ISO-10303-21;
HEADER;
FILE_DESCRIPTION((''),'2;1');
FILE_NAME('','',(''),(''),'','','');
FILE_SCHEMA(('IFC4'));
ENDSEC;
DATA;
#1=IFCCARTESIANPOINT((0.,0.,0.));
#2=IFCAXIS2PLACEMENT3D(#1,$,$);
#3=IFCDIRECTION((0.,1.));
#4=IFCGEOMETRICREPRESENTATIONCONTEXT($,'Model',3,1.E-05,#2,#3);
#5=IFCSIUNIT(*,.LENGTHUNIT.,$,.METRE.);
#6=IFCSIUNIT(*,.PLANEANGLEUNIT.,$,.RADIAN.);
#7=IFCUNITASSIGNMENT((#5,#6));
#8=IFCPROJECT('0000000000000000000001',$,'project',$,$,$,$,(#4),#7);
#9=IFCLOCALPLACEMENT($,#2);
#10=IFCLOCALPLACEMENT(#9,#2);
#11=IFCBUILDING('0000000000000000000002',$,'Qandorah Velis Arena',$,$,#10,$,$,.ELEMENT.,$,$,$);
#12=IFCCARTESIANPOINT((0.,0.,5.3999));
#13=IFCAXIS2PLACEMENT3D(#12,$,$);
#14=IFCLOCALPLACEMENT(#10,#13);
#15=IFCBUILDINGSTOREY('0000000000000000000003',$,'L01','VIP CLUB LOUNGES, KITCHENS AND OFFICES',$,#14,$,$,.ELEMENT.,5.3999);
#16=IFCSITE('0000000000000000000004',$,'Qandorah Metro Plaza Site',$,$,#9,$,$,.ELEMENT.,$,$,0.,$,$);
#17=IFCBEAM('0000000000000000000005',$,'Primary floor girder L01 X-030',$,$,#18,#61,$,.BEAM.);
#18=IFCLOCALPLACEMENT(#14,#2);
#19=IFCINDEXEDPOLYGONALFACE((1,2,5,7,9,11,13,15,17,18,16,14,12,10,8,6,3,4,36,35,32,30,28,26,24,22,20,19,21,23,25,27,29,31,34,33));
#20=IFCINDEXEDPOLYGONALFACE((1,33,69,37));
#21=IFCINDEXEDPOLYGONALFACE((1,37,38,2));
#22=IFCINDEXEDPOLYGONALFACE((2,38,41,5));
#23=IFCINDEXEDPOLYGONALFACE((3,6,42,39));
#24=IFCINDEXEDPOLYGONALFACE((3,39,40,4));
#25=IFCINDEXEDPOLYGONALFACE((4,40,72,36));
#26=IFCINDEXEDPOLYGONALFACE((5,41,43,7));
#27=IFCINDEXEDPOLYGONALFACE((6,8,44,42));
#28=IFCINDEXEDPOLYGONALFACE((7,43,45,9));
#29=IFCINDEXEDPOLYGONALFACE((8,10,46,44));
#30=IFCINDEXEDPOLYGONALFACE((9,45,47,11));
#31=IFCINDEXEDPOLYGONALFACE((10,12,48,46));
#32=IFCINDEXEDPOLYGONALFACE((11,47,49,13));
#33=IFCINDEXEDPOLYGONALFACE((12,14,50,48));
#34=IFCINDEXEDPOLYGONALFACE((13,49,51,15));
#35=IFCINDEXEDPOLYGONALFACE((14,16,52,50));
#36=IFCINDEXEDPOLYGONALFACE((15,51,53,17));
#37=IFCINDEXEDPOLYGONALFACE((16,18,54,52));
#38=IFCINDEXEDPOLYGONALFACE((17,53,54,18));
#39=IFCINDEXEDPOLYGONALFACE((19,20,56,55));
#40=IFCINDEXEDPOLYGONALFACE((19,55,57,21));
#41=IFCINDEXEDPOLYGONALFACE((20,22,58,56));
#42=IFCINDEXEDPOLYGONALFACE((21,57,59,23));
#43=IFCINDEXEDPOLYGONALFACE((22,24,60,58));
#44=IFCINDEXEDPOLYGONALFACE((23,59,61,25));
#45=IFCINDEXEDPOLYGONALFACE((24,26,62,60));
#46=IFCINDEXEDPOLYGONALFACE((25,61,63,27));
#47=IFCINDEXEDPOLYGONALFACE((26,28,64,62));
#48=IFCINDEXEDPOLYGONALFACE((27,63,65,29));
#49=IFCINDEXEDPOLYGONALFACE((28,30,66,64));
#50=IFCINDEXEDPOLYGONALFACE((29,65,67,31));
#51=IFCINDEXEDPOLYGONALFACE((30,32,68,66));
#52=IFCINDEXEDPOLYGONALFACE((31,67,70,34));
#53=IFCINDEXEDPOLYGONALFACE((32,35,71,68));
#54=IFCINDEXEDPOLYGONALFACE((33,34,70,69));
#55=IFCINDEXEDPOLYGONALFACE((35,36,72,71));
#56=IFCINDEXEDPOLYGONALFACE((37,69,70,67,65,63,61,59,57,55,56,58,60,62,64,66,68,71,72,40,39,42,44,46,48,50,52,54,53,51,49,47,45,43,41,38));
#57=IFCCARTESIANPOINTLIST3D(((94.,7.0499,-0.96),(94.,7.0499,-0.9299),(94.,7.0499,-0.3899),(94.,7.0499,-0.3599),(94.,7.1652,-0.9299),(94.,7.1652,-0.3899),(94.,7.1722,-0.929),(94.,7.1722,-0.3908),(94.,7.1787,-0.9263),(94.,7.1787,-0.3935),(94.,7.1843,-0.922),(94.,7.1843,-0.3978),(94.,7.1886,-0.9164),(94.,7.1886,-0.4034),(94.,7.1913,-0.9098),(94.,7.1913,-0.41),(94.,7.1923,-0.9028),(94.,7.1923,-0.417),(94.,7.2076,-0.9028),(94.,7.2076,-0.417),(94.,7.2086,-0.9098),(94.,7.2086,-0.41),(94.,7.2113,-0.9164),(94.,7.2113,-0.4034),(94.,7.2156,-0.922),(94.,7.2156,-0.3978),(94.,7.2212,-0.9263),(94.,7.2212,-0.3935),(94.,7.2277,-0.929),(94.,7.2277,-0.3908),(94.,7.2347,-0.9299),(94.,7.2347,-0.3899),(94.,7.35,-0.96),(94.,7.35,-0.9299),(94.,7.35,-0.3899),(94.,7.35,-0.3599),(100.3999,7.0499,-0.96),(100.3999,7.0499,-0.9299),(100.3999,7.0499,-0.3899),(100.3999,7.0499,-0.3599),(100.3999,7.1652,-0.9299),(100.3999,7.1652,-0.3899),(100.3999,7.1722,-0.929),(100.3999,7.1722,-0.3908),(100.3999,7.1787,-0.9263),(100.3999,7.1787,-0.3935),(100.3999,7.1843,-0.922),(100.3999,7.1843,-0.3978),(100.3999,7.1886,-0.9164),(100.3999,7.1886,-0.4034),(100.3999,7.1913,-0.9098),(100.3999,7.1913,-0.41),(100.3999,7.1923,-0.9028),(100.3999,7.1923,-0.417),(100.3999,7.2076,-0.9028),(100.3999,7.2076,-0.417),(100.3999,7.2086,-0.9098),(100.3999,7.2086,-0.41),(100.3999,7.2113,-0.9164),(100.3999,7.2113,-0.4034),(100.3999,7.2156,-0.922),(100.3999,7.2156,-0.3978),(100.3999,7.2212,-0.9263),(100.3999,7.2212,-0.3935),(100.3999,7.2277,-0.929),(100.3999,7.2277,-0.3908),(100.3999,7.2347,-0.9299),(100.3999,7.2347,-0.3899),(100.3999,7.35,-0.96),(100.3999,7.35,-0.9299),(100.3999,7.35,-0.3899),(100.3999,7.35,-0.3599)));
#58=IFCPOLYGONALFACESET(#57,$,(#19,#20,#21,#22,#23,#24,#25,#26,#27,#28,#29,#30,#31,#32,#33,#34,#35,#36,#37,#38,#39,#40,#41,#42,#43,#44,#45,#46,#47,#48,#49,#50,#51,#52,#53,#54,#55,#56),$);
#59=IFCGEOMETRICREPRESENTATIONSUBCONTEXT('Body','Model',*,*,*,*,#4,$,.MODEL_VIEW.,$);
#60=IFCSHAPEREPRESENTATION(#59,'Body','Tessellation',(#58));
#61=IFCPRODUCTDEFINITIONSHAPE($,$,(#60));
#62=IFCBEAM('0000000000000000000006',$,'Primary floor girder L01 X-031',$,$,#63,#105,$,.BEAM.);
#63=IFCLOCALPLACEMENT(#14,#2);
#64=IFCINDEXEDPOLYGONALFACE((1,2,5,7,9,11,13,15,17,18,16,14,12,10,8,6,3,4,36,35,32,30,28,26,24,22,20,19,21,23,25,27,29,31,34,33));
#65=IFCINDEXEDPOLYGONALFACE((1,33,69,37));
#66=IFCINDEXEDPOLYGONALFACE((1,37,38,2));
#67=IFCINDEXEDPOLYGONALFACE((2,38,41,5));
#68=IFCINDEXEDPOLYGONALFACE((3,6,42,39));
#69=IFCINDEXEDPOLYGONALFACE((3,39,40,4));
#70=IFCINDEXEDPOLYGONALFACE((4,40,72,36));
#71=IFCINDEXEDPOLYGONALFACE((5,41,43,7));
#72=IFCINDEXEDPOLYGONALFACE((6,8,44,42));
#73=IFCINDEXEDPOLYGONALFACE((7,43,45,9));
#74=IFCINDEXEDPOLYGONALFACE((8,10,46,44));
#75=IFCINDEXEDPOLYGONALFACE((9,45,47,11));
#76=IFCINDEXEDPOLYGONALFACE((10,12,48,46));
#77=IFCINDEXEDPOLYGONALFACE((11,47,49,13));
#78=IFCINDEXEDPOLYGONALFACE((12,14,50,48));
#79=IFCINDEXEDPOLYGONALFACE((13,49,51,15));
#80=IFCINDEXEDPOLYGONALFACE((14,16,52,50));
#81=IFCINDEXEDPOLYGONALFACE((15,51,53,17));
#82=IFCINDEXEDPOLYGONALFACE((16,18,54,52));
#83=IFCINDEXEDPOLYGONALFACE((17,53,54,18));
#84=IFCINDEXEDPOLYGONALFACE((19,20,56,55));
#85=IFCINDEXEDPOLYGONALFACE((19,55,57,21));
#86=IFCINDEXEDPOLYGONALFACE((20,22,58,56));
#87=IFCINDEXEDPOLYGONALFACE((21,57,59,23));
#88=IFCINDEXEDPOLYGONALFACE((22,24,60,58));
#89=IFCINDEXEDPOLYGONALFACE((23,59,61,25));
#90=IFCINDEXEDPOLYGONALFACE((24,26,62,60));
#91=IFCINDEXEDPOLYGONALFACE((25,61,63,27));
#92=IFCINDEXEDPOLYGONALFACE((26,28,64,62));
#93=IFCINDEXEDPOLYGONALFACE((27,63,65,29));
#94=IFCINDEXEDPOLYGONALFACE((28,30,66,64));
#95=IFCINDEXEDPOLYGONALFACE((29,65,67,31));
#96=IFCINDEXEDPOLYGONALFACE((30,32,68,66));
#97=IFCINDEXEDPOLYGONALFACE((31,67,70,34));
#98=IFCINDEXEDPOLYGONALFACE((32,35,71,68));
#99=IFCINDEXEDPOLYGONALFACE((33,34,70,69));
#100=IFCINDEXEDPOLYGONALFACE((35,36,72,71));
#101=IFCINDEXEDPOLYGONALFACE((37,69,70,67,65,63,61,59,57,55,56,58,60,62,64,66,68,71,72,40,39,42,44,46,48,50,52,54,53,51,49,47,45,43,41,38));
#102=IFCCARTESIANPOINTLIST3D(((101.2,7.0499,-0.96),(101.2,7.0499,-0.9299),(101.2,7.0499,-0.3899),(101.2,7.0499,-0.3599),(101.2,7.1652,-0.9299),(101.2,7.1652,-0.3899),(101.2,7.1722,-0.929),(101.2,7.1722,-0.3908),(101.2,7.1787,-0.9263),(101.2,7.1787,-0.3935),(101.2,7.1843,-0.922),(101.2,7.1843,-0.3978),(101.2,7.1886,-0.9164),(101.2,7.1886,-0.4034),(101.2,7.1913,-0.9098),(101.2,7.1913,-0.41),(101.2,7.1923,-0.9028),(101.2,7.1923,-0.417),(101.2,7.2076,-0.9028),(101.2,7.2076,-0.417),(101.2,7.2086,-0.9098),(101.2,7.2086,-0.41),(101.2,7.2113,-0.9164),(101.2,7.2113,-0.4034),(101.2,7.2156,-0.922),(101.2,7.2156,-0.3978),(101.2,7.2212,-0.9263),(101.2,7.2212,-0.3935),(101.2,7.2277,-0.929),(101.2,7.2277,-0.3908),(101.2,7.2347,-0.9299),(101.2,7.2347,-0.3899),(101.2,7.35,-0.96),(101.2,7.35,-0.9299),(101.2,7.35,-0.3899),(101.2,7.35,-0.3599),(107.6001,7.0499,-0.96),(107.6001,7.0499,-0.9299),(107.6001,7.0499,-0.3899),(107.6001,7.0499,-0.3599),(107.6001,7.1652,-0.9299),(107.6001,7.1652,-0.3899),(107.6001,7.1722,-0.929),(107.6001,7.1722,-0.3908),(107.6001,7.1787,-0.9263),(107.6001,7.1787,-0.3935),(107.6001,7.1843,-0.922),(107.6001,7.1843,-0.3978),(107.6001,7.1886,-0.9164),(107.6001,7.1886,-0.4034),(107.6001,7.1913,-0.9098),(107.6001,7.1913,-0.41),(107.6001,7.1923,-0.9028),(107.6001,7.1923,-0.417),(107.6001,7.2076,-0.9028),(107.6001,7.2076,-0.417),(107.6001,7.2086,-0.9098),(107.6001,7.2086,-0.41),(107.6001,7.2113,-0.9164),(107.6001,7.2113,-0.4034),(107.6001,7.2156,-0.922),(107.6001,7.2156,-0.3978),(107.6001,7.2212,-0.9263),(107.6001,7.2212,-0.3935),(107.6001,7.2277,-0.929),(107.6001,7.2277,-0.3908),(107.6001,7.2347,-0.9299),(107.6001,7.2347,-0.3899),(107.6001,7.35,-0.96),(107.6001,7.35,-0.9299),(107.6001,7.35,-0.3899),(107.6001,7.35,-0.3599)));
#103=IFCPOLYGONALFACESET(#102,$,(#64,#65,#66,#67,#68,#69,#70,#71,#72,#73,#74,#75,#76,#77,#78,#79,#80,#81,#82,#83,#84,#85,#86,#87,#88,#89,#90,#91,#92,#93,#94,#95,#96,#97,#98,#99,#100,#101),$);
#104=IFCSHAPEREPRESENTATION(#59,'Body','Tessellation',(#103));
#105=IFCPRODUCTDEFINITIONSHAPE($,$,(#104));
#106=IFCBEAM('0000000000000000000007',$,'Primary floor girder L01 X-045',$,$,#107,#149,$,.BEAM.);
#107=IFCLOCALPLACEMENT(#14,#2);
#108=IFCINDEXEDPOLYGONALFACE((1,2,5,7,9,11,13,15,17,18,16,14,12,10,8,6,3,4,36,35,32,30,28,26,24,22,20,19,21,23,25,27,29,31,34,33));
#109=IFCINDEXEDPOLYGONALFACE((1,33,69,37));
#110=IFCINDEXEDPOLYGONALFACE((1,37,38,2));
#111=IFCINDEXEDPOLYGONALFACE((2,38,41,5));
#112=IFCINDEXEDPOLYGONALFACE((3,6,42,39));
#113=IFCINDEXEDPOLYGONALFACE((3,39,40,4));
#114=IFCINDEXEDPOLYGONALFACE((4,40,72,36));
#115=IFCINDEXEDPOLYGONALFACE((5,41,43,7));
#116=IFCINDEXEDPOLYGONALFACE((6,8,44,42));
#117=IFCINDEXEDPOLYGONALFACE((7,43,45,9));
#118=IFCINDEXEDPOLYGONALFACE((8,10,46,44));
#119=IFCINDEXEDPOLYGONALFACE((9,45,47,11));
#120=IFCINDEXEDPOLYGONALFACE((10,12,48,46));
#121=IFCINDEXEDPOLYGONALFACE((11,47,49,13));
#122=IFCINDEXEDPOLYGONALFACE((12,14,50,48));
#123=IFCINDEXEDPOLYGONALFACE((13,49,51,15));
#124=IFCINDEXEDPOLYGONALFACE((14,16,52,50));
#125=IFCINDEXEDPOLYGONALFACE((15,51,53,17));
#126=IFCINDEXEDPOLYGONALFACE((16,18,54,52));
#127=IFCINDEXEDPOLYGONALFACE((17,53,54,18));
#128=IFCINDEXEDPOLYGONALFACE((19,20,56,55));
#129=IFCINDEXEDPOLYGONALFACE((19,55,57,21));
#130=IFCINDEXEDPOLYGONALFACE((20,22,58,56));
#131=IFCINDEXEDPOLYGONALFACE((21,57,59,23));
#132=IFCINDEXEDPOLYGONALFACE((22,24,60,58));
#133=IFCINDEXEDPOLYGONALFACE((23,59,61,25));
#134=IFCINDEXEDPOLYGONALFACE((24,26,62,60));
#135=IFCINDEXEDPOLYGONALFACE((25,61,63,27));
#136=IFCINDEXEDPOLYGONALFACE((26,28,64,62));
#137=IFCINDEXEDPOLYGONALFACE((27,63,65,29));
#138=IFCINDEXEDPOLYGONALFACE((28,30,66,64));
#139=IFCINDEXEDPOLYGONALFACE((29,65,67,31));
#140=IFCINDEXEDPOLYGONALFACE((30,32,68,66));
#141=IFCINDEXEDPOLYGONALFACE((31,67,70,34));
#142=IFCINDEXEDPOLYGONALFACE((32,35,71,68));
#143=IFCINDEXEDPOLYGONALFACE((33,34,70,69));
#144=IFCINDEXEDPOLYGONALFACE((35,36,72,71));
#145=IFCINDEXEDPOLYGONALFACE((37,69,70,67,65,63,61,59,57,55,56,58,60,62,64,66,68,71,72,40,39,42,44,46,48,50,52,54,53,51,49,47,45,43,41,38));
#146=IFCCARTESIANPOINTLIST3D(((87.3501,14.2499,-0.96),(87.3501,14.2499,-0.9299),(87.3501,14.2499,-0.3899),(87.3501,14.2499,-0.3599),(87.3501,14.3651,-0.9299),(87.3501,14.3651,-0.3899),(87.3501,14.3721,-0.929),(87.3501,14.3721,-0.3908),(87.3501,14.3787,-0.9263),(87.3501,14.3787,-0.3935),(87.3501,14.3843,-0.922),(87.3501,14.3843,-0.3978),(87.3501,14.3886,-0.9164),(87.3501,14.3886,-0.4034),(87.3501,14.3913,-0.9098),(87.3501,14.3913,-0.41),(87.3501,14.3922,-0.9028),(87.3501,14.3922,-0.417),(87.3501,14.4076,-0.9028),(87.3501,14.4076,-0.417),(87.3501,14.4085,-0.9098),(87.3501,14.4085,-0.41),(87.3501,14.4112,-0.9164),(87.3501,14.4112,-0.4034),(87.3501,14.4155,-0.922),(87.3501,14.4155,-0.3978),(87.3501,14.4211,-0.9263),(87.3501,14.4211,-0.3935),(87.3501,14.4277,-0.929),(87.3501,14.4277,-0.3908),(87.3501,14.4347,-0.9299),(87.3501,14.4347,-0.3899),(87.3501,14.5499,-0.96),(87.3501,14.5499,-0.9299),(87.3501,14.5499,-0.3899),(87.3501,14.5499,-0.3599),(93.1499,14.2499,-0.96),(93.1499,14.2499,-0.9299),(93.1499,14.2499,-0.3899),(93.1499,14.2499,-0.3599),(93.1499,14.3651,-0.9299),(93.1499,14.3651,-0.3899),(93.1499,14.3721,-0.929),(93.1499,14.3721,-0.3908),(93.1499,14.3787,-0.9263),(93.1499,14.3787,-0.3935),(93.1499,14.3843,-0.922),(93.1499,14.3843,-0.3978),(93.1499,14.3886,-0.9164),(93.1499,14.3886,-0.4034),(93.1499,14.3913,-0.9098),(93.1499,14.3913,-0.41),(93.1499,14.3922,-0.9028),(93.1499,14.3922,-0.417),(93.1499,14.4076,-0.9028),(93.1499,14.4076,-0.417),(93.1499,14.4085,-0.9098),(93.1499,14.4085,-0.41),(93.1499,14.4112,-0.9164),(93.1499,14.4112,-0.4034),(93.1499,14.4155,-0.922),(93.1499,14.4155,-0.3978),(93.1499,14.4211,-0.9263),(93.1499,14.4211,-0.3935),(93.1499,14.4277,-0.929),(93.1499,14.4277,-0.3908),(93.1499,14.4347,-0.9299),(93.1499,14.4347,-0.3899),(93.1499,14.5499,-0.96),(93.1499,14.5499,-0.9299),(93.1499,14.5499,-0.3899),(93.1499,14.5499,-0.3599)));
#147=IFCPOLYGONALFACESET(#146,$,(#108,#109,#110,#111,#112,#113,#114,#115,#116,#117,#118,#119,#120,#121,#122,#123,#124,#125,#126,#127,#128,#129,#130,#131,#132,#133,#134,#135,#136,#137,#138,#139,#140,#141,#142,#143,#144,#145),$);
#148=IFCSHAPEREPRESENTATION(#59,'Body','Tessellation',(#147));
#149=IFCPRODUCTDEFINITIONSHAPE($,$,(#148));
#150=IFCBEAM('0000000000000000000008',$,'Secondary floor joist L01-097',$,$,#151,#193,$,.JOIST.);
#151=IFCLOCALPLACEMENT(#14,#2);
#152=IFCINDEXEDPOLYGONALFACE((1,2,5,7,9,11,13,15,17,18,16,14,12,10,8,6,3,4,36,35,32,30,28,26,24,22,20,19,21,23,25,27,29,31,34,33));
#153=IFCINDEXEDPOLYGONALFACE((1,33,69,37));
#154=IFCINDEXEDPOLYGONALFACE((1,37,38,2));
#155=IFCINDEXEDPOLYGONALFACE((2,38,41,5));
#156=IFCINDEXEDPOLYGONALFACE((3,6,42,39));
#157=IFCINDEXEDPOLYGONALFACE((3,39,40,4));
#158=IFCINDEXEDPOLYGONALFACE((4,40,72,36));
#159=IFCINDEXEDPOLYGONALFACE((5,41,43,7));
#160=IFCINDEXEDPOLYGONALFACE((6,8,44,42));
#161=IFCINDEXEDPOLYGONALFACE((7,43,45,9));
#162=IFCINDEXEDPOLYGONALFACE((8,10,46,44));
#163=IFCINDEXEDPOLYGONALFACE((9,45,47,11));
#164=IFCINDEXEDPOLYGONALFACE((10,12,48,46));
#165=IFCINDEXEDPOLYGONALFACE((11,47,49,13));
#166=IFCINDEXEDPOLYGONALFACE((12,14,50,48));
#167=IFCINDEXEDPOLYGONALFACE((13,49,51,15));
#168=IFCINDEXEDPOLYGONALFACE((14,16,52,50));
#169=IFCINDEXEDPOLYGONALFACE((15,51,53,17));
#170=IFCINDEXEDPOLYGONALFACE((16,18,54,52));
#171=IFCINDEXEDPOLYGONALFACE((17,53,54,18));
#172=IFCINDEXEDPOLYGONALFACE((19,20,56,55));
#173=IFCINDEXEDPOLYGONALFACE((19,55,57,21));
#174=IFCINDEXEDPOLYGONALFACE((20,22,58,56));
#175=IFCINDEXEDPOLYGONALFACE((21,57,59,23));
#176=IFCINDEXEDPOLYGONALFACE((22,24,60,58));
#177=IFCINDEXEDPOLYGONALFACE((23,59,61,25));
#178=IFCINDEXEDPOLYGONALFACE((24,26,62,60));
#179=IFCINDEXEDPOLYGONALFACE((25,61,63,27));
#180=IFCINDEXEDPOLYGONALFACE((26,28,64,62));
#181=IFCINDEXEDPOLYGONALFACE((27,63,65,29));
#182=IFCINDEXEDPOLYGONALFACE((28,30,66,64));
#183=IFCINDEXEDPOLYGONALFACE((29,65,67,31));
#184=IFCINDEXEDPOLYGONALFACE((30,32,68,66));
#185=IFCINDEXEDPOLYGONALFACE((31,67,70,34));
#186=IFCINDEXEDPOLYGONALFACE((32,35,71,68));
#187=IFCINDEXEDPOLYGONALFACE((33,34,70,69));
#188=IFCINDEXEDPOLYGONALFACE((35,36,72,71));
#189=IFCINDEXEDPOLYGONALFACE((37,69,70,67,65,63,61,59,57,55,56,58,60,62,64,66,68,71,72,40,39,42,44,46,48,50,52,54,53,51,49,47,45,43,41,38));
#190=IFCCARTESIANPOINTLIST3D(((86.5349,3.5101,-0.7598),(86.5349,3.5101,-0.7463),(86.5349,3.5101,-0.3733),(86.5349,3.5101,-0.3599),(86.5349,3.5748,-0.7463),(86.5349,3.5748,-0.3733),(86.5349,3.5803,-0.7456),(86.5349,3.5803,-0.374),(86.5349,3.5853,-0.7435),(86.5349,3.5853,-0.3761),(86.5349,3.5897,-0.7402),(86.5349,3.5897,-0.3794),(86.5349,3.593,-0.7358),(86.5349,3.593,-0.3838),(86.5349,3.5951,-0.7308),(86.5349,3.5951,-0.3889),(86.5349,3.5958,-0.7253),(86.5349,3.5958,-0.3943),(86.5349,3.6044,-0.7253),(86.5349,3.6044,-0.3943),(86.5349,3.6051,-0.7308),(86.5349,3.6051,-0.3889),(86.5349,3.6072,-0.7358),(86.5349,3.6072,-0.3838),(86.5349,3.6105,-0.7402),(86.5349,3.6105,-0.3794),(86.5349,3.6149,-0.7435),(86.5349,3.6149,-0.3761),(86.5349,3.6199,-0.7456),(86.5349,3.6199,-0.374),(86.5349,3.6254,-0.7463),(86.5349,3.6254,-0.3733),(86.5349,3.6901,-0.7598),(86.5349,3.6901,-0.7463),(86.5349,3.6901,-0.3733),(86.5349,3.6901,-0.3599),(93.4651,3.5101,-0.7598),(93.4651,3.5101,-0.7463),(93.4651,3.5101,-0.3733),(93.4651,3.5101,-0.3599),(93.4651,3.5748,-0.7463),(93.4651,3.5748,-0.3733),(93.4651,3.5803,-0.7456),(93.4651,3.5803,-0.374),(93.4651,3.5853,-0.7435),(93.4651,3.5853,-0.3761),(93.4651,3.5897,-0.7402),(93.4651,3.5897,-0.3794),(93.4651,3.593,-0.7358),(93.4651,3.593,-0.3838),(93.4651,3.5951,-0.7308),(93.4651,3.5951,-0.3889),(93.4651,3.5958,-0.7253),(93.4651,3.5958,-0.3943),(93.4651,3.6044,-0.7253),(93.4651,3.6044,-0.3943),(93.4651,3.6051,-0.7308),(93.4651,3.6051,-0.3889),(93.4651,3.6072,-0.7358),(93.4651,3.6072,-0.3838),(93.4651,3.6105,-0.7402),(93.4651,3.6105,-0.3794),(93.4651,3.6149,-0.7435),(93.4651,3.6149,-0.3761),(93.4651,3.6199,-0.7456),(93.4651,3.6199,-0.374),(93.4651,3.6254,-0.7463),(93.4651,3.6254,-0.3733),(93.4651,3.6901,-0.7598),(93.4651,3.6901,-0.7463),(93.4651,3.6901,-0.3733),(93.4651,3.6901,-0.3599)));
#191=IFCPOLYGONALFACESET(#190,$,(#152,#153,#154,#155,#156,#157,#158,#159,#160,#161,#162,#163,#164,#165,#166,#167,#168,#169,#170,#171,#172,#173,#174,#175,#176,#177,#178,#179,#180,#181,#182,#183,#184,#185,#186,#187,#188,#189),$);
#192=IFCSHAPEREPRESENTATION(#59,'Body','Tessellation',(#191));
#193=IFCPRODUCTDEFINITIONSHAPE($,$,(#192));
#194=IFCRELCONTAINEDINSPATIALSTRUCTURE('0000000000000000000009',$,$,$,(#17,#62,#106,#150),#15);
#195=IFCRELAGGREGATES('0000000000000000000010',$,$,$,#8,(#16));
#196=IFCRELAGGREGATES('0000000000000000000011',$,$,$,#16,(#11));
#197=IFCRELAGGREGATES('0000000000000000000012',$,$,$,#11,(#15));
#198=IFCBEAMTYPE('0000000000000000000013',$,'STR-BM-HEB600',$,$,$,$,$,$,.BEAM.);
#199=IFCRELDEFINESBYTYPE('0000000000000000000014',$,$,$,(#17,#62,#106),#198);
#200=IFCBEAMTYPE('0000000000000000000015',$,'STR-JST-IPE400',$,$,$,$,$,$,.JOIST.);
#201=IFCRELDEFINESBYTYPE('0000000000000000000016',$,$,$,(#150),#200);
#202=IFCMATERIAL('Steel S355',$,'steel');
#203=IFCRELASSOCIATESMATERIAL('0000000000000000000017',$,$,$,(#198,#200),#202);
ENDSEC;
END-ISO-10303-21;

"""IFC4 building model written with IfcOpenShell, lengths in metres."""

from ifc_helpers import new_model, si_unit, direction, frame, origin, origin_2d, place, context, subcontext, project, spatial, i_section, extrude, material, material_profile, profile_set, type_object, element, save


model = new_model("IFC4")

# Units and contexts
model_context = context("Model", 3, precision=1e-05, world=origin(), true_north=direction((0.0, 1.0)))
body_context = subcontext(model_context, "Body", "Model", "MODEL_VIEW")
ifc_project = project(units=[si_unit("LENGTHUNIT", "METRE"), si_unit("PLANEANGLEUNIT", "RADIAN")], contexts=[model_context])

# Site, building, storey
site_placement = place(None, origin())
site = spatial("IfcSite", under=ifc_project, at=site_placement, Name="Qandorah Metro Plaza Site", CompositionType="ELEMENT", RefElevation=0.0)
building_placement = place(site_placement, origin())
building = spatial("IfcBuilding", under=site, at=building_placement, Name="Qandorah Velis Arena", CompositionType="ELEMENT")
storey_placement = place(building_placement, frame((0.0, 0.0, 5.3999)))
storey = spatial("IfcBuildingStorey", under=building, at=storey_placement, Name="L01", Description="VIP CLUB LOUNGES, KITCHENS AND OFFICES", CompositionType="ELEMENT", Elevation=5.3999)

# Beams
ifc_material_1 = material(Name="Steel S355", Category="steel")
ifc_material_profile_1 = material_profile(ifc_material_1, i_section(OverallWidth=0.3, OverallDepth=0.6001, WebThickness=0.0154, FlangeThickness=0.03, FilletRadius=0.0271, at=origin_2d()), Name="HEB 600")
ifc_profile_set_1 = profile_set([ifc_material_profile_1], Name="Steel S355")
beam_type_1 = type_object("IfcBeamType", Name="STR-BM-HEB600", PredefinedType="BEAM", material=ifc_profile_set_1)
for number, where, z_axis, x_axis, name in (
    (1, (94.0, 7.2, -0.6599), (1.0, 0.0, 0.0), (0.0, 1.0, 0.0), "Primary floor girder L01 X-030"),
):
    element("IfcBeam", number, at=place(storey_placement, frame(where, z_axis=z_axis, x_axis=x_axis)), inside=storey, type_object=beam_type_1, Name=name, PredefinedType="BEAM", context=body_context, shape_type="SweptSolid", body=[
        extrude(i_section(OverallWidth=0.3, OverallDepth=0.6001, WebThickness=0.0154, FlangeThickness=0.03, FilletRadius=0.0271, at=origin_2d()), origin(), (0.0, 0.0, 1.0), 6.3999),
    ])
beam_1_placement = place(storey_placement, frame((101.2, 7.2, -0.6599), z_axis=(1.0, 0.0, 0.0), x_axis=(0.0, 1.0, 0.0)))
element("IfcBeam", 2, at=beam_1_placement, inside=storey, type_object=beam_type_1, Name="Primary floor girder L01 X-031", PredefinedType="BEAM", context=body_context, shape_type="SweptSolid", body=[
    extrude(i_section(OverallWidth=0.3, OverallDepth=0.6001, WebThickness=0.0154, FlangeThickness=0.03, FilletRadius=0.0271, at=origin_2d()), origin(), (0.0, 0.0, 1.0), 6.4001),
])
beam_2_placement = place(storey_placement, frame((87.3501, 14.3999, -0.6599), z_axis=(1.0, 0.0, 0.0), x_axis=(0.0, 1.0, 0.0)))
element("IfcBeam", 3, at=beam_2_placement, inside=storey, type_object=beam_type_1, Name="Primary floor girder L01 X-045", PredefinedType="BEAM", context=body_context, shape_type="SweptSolid", body=[
    extrude(i_section(OverallWidth=0.3, OverallDepth=0.6001, WebThickness=0.0154, FlangeThickness=0.03, FilletRadius=0.0271, at=origin_2d()), origin(), (0.0, 0.0, 1.0), 5.7998),
])
ifc_material_profile_2 = material_profile(ifc_material_1, i_section(OverallWidth=0.1799, OverallDepth=0.3999, WebThickness=0.0085, FlangeThickness=0.0134, FilletRadius=0.021, at=origin_2d()), Name="IPE 400")
ifc_profile_set_2 = profile_set([ifc_material_profile_2], Name="Steel S355")
beam_type_2 = type_object("IfcBeamType", Name="STR-JST-IPE400", PredefinedType="JOIST", material=ifc_profile_set_2)
for number, where, z_axis, x_axis, name in (
    (4, (86.5349, 3.6001, -0.5598), (1.0, 0.0, 0.0), (0.0, 1.0, 0.0), "Secondary floor joist L01-097"),
):
    element("IfcBeam", number, at=place(storey_placement, frame(where, z_axis=z_axis, x_axis=x_axis)), inside=storey, type_object=beam_type_2, Name=name, PredefinedType="JOIST", context=body_context, shape_type="SweptSolid", body=[
        extrude(i_section(OverallWidth=0.1799, OverallDepth=0.3999, WebThickness=0.0085, FlangeThickness=0.0134, FilletRadius=0.021, at=origin_2d()), origin(), (0.0, 0.0, 1.0), 6.9302),
    ])

save(model, "model.ifc")
